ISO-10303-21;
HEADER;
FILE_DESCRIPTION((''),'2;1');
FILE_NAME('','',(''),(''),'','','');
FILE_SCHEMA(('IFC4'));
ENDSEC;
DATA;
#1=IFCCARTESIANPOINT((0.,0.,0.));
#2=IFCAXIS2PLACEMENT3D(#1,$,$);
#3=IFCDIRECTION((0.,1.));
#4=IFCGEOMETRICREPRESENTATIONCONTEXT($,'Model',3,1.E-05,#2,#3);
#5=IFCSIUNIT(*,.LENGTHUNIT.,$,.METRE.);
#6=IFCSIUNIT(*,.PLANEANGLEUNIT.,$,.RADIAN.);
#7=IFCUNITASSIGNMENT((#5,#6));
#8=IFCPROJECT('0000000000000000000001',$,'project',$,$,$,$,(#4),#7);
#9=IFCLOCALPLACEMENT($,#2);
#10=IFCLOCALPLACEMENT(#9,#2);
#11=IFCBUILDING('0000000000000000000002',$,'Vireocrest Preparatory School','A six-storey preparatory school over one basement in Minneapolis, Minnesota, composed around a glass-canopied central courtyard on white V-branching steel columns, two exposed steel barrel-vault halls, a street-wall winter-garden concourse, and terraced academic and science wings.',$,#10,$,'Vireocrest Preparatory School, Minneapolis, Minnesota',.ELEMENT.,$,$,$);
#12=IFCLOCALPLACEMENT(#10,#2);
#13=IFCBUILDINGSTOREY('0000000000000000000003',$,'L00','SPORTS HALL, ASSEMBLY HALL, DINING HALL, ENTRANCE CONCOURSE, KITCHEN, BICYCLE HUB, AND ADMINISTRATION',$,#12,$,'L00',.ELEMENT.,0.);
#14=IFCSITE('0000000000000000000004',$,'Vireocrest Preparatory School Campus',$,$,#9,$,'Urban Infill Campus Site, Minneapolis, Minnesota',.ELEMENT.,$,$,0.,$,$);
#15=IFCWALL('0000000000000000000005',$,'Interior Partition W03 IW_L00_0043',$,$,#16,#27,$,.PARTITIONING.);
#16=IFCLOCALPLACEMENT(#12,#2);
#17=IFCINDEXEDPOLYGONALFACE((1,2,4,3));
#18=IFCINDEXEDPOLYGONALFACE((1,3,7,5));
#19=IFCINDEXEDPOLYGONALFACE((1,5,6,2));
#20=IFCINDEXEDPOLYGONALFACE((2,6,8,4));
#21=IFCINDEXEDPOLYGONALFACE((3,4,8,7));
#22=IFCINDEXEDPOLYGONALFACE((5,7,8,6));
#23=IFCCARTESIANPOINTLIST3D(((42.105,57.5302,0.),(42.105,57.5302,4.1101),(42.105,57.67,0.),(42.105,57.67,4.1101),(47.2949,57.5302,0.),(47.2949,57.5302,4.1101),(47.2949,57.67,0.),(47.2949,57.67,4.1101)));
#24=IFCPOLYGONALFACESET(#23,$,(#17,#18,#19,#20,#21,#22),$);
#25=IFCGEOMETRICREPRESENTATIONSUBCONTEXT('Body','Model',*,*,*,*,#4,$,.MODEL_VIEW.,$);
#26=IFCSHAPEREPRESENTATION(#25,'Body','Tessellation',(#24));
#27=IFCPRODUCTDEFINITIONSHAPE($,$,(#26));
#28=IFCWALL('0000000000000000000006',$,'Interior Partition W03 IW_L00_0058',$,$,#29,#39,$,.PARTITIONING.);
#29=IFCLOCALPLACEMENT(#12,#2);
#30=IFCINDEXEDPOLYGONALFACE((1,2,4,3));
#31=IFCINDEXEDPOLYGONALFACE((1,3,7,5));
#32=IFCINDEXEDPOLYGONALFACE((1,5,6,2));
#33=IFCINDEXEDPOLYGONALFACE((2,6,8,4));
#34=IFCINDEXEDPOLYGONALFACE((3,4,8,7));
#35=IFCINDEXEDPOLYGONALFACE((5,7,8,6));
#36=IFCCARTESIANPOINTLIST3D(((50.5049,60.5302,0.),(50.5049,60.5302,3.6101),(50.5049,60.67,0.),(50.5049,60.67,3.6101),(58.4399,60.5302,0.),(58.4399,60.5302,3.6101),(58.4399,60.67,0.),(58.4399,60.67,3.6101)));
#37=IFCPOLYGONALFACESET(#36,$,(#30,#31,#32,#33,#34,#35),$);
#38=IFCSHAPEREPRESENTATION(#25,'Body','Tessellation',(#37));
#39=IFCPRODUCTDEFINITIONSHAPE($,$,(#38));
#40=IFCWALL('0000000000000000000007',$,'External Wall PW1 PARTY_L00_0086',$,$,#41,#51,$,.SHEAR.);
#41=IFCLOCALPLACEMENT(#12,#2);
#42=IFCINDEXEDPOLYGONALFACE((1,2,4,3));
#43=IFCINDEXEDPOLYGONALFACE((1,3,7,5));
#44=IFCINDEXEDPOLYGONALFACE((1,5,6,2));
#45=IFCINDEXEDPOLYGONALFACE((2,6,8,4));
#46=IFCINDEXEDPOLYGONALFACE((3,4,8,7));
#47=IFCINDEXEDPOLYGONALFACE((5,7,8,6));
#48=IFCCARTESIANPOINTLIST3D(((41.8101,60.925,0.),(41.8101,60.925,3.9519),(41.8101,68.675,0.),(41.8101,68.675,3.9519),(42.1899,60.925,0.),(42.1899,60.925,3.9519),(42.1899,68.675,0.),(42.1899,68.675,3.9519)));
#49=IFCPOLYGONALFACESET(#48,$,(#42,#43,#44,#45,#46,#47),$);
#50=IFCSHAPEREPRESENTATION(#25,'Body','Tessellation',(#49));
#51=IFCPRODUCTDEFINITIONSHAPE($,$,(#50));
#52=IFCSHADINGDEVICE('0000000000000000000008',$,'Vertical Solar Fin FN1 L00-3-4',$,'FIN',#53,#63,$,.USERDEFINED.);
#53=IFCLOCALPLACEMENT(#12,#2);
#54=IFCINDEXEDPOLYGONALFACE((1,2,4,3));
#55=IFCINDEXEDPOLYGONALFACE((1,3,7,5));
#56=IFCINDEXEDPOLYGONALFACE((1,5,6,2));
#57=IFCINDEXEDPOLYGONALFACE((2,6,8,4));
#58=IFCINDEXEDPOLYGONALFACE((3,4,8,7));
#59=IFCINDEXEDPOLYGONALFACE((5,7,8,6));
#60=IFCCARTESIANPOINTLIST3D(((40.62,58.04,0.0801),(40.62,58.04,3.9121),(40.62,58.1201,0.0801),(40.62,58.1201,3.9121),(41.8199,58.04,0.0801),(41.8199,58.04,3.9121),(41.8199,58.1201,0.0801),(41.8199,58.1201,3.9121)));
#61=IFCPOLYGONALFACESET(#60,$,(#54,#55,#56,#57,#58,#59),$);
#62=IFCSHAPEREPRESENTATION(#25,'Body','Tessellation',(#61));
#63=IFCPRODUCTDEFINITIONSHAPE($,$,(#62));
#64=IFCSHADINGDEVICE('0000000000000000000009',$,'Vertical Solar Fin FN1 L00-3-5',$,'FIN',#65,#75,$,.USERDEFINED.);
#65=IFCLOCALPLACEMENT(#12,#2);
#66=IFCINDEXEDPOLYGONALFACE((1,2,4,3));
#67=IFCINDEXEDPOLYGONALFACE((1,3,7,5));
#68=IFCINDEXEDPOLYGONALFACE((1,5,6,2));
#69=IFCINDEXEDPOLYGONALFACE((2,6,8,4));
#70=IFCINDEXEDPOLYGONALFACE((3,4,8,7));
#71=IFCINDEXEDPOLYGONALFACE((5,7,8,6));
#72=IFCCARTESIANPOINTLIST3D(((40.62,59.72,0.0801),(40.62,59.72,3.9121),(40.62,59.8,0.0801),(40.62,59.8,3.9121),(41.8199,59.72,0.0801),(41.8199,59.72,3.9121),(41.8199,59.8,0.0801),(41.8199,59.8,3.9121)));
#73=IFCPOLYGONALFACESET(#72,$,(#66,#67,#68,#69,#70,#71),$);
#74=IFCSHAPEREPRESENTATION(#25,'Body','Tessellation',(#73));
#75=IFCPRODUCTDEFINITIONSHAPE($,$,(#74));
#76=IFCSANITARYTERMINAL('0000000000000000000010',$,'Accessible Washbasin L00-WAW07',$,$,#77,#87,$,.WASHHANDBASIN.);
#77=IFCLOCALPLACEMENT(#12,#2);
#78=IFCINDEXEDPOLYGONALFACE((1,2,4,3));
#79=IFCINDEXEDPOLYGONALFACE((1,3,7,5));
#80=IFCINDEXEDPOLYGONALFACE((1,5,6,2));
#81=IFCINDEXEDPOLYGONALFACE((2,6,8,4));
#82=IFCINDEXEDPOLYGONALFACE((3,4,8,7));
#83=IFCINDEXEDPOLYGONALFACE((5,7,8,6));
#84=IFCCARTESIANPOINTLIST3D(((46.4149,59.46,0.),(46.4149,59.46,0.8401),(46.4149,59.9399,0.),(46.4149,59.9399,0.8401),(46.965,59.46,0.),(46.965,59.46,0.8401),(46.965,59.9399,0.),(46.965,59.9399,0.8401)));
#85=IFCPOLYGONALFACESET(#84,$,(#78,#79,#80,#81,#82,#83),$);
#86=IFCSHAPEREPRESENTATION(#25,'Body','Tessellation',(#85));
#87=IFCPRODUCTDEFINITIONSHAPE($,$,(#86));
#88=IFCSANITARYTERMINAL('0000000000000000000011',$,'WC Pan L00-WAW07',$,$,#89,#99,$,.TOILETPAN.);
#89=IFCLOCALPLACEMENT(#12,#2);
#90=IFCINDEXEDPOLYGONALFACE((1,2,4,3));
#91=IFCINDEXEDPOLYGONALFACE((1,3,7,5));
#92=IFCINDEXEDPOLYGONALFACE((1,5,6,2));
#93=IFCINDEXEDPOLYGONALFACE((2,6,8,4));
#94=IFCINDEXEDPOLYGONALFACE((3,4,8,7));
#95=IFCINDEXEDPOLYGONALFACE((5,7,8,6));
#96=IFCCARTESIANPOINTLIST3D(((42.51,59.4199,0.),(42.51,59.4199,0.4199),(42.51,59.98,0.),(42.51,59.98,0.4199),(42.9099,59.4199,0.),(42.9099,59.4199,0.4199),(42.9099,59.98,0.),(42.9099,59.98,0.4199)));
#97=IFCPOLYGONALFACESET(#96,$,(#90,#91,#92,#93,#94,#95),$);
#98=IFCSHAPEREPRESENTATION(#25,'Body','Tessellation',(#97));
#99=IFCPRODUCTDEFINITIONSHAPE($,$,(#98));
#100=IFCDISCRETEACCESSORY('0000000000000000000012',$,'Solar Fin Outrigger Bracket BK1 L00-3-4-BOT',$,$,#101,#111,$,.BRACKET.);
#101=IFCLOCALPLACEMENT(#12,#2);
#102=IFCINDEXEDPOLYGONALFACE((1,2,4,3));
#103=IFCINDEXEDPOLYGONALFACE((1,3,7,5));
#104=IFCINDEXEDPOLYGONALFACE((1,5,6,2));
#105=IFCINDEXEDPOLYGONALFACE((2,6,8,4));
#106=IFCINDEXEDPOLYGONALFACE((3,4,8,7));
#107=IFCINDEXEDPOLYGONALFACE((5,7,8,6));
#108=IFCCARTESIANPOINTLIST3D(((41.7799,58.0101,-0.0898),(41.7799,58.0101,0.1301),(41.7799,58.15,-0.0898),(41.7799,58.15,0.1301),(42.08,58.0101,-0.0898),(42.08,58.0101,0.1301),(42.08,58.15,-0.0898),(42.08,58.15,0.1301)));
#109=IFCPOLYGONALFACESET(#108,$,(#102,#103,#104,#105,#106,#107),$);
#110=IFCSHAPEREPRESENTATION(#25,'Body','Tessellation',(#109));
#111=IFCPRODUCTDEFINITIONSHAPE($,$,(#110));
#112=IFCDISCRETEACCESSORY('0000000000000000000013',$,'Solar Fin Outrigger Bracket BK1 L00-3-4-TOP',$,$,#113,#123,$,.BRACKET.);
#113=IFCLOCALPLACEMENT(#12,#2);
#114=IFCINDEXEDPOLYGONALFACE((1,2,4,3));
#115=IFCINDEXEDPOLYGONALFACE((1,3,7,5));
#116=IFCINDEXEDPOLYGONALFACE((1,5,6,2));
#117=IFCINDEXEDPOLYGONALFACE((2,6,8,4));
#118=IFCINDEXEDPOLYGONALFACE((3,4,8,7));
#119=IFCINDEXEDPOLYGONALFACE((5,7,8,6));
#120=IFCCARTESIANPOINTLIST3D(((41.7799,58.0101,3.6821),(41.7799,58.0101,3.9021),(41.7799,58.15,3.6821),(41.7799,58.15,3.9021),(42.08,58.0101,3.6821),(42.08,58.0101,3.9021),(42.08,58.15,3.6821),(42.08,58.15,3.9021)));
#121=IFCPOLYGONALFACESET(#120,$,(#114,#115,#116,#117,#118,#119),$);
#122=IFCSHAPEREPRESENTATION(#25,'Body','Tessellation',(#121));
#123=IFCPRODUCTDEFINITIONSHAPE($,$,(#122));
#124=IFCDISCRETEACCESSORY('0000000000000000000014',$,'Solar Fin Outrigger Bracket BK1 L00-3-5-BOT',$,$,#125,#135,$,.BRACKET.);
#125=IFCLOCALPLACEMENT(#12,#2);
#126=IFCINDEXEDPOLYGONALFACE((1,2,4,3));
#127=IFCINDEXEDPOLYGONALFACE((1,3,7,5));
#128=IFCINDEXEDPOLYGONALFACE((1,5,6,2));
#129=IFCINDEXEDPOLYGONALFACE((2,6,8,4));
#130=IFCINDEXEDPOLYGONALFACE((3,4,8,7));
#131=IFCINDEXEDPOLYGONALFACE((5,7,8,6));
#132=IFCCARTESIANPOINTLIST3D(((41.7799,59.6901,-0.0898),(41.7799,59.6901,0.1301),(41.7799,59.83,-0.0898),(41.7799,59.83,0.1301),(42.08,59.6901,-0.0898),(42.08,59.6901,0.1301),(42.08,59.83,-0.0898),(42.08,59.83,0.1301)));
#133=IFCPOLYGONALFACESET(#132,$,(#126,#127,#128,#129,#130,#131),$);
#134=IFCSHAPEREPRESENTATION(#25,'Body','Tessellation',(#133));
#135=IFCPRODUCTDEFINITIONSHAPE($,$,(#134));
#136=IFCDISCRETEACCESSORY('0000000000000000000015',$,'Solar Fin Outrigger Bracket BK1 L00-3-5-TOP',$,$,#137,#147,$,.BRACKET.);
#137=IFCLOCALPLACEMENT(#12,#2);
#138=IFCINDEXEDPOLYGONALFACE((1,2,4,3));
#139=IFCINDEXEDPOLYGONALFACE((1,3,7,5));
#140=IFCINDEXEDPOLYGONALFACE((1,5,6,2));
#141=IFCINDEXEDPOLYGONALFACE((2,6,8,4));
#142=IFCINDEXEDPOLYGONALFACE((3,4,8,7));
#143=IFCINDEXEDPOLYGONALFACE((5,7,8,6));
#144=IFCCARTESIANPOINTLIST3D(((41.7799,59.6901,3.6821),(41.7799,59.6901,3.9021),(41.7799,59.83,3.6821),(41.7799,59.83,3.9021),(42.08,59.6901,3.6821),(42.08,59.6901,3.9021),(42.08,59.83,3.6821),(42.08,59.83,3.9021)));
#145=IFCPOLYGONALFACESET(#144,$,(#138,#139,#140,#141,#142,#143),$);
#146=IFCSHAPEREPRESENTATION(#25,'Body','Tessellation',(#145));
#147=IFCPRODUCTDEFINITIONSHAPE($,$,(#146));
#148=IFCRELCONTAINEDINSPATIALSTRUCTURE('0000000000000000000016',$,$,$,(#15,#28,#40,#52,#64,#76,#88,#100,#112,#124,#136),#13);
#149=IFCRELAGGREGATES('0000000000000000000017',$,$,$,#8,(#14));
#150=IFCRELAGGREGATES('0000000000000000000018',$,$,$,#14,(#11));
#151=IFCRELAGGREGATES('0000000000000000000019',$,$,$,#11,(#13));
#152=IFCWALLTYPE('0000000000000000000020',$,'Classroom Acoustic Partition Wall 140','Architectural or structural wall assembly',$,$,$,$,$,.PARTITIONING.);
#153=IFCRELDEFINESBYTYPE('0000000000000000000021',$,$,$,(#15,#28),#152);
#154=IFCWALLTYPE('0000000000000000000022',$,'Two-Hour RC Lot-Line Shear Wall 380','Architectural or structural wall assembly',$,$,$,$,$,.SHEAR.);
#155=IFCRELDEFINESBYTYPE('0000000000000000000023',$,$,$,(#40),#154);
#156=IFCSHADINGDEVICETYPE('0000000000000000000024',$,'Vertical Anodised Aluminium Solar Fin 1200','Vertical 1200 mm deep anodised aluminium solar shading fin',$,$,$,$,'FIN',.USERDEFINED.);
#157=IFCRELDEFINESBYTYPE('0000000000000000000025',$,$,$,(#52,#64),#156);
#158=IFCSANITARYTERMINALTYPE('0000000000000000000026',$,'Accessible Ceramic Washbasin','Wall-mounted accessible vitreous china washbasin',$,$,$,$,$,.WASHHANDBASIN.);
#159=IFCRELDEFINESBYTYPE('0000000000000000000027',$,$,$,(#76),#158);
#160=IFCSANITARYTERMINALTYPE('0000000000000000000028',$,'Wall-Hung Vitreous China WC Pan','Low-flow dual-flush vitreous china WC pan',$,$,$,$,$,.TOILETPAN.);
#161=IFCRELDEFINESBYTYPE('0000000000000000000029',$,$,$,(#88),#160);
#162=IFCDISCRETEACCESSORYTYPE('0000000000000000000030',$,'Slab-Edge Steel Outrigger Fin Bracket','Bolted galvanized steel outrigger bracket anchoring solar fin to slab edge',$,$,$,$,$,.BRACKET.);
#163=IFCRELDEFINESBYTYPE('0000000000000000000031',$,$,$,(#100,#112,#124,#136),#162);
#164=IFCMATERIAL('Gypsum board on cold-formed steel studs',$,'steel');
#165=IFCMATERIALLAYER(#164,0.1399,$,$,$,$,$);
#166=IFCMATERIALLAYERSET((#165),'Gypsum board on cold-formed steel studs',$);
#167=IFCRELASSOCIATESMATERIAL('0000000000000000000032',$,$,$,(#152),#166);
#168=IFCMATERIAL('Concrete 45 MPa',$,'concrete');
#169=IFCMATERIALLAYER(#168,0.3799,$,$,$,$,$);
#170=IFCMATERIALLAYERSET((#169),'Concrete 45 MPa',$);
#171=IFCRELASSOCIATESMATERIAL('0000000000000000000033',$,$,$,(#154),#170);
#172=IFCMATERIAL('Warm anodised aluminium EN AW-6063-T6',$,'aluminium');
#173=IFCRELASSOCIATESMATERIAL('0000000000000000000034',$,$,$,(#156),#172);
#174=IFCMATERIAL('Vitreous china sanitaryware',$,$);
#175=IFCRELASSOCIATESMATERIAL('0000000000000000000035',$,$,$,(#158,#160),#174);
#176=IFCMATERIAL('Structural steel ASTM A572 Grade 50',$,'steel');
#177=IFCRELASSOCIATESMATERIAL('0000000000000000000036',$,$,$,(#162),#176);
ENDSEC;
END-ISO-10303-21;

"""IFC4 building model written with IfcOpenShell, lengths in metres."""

from ifc_helpers import new_model, si_unit, direction, frame, frame_2d, origin, origin_2d, place, context, subcontext, project, spatial, rectangle, extrude, material, layer, layer_set, material_profile, profile_set, type_object, element, save


model = new_model("IFC4")

# Units and contexts
model_context = context("Model", 3, precision=1e-05, world=origin(), true_north=direction((0.0, 1.0)))
body_context = subcontext(model_context, "Body", "Model", "MODEL_VIEW")
ifc_project = project(units=[si_unit("LENGTHUNIT", "METRE"), si_unit("PLANEANGLEUNIT", "RADIAN")], contexts=[model_context])

# Site, building, storey
site_placement = place(None, origin())
site = spatial("IfcSite", under=ifc_project, at=site_placement, Name="Vireocrest Preparatory School Campus", LongName="Urban Infill Campus Site, Minneapolis, Minnesota", CompositionType="ELEMENT", RefElevation=0.0)
building_placement = place(site_placement, origin())
building = spatial("IfcBuilding", under=site, at=building_placement, Name="Vireocrest Preparatory School", Description="A six-storey preparatory school over one basement in Minneapolis, Minnesota, composed around a glass-canopied central courtyard on white V-branching steel columns, two exposed steel barrel-vault halls, a street-wall winter-garden concourse, and terraced academic and science wings.", LongName="Vireocrest Preparatory School, Minneapolis, Minnesota", CompositionType="ELEMENT")
storey_placement = place(building_placement, origin())
storey = spatial("IfcBuildingStorey", under=building, at=storey_placement, Name="L00", Description="SPORTS HALL, ASSEMBLY HALL, DINING HALL, ENTRANCE CONCOURSE, KITCHEN, BICYCLE HUB, AND ADMINISTRATION", LongName="L00", CompositionType="ELEMENT", Elevation=0.0)

# Shared definitions
ifc_material_1 = material(Name="Concrete 45 MPa", Category="concrete")

# Walls
ifc_material_2 = material(Name="Gypsum board on cold-formed steel studs", Category="steel")
ifc_layer_1 = layer(ifc_material_2, 0.1399)
ifc_layer_set_1 = layer_set([ifc_layer_1], Name="Gypsum board on cold-formed steel studs")
wall_type_1 = type_object("IfcWallType", Name="Classroom Acoustic Partition Wall 140", Description="Architectural or structural wall assembly", PredefinedType="PARTITIONING", material=ifc_layer_set_1)
wall_1_placement = place(storey_placement, frame((42.105, 57.6001, 0.0), z_axis=(0.0, 0.0, 1.0), x_axis=(1.0, 0.0, 0.0)))
element("IfcWall", 1, at=wall_1_placement, inside=storey, type_object=wall_type_1, Name="Interior Partition W03 IW_L00_0043", PredefinedType="PARTITIONING", context=body_context, shape_type="SweptSolid", body=[
    extrude(rectangle(XDim=5.1899, YDim=0.1399, at=frame_2d((2.595, 0.0))), origin(), (0.0, 0.0, 1.0), 4.1101),
])
wall_2_placement = place(storey_placement, frame((50.5049, 60.6001, 0.0), z_axis=(0.0, 0.0, 1.0), x_axis=(1.0, 0.0, 0.0)))
element("IfcWall", 2, at=wall_2_placement, inside=storey, type_object=wall_type_1, Name="Interior Partition W03 IW_L00_0058", PredefinedType="PARTITIONING", context=body_context, shape_type="SweptSolid", body=[
    extrude(rectangle(XDim=7.9351, YDim=0.1399, at=frame_2d((3.9675, 0.0))), origin(), (0.0, 0.0, 1.0), 3.6101),
])
ifc_layer_2 = layer(ifc_material_1, 0.3799)
ifc_layer_set_2 = layer_set([ifc_layer_2], Name="Concrete 45 MPa")
wall_type_2 = type_object("IfcWallType", Name="Two-Hour RC Lot-Line Shear Wall 380", Description="Architectural or structural wall assembly", PredefinedType="SHEAR", material=ifc_layer_set_2)
wall_3_placement = place(storey_placement, frame((42.0, 60.925, 0.0), z_axis=(0.0, 0.0, 1.0), x_axis=(0.0, 1.0, 0.0)))
element("IfcWall", 3, at=wall_3_placement, inside=storey, type_object=wall_type_2, Name="External Wall PW1 PARTY_L00_0086", PredefinedType="SHEAR", context=body_context, shape_type="SweptSolid", body=[
    extrude(rectangle(XDim=7.75, YDim=0.3799, at=frame_2d((3.875, 0.0))), origin(), (0.0, 0.0, 1.0), 3.9519),
])

# Shading devices
ifc_material_3 = material(Name="Warm anodised aluminium EN AW-6063-T6", Category="aluminium")
ifc_material_profile_1 = material_profile(ifc_material_3, rectangle(XDim=0.0801, YDim=1.2, at=origin_2d()), Name="FIN 80x1200")
ifc_profile_set_1 = profile_set([ifc_material_profile_1], Name="Warm anodised aluminium EN AW-6063-T6")
shading_device_type = type_object("IfcShadingDeviceType", Name="Vertical Anodised Aluminium Solar Fin 1200", Description="Vertical 1200 mm deep anodised aluminium solar shading fin", ElementType="FIN", PredefinedType="USERDEFINED", material=ifc_profile_set_1)
for number, where, z_axis, x_axis, name in (
    (4, (41.22, 58.0801, 0.0801), (0.0, 0.0, 1.0), (0.0, 1.0, 0.0), "Vertical Solar Fin FN1 L00-3-4"),
    (5, (41.22, 59.76, 0.0801), (0.0, 0.0, 1.0), (0.0, 1.0, 0.0), "Vertical Solar Fin FN1 L00-3-5"),
):
    element("IfcShadingDevice", number, at=place(storey_placement, frame(where, z_axis=z_axis, x_axis=x_axis)), inside=storey, type_object=shading_device_type, Name=name, ObjectType="FIN", PredefinedType="USERDEFINED", context=body_context, shape_type="SweptSolid", body=[
        extrude(rectangle(XDim=0.0801, YDim=1.2, at=origin_2d()), origin(), (0.0, 0.0, 1.0), 3.832),
    ])

# Sanitary terminals
ifc_material_4 = material(Name="Vitreous china sanitaryware")
sanitary_terminal_type_1 = type_object("IfcSanitaryTerminalType", Name="Accessible Ceramic Washbasin", Description="Wall-mounted accessible vitreous china washbasin", PredefinedType="WASHHANDBASIN", material=ifc_material_4)
sanitary_terminal_1_placement = place(storey_placement, frame((46.6899, 59.7, 0.0), z_axis=(0.0, 0.0, 1.0), x_axis=(1.0, 0.0, 0.0)))
element("IfcSanitaryTerminal", 6, at=sanitary_terminal_1_placement, inside=storey, type_object=sanitary_terminal_type_1, Name="Accessible Washbasin L00-WAW07", PredefinedType="WASHHANDBASIN", context=body_context, shape_type="SweptSolid", body=[
    extrude(rectangle(XDim=0.55, YDim=0.48, at=origin_2d()), origin(), (0.0, 0.0, 1.0), 0.8401),
])
sanitary_terminal_type_2 = type_object("IfcSanitaryTerminalType", Name="Wall-Hung Vitreous China WC Pan", Description="Low-flow dual-flush vitreous china WC pan", PredefinedType="TOILETPAN", material=ifc_material_4)
sanitary_terminal_2_placement = place(storey_placement, frame((42.71, 59.7, 0.0), z_axis=(0.0, 0.0, 1.0), x_axis=(1.0, 0.0, 0.0)))
element("IfcSanitaryTerminal", 7, at=sanitary_terminal_2_placement, inside=storey, type_object=sanitary_terminal_type_2, Name="WC Pan L00-WAW07", PredefinedType="TOILETPAN", context=body_context, shape_type="SweptSolid", body=[
    extrude(rectangle(XDim=0.3999, YDim=0.5601, at=origin_2d()), origin(), (0.0, 0.0, 1.0), 0.4199),
])

# Discrete accessories
ifc_material_5 = material(Name="Structural steel ASTM A572 Grade 50", Category="steel")
discrete_accessory_type = type_object("IfcDiscreteAccessoryType", Name="Slab-Edge Steel Outrigger Fin Bracket", Description="Bolted galvanized steel outrigger bracket anchoring solar fin to slab edge", PredefinedType="BRACKET", material=ifc_material_5)
for number, where, z_axis, x_axis, name in (
    (8, (41.9299, 58.0801, -0.0898), (0.0, 0.0, 1.0), (0.0, 1.0, 0.0), "Solar Fin Outrigger Bracket BK1 L00-3-4-BOT"),
    (9, (41.9299, 58.0801, 3.6821), (0.0, 0.0, 1.0), (0.0, 1.0, 0.0), "Solar Fin Outrigger Bracket BK1 L00-3-4-TOP"),
    (10, (41.9299, 59.76, -0.0898), (0.0, 0.0, 1.0), (0.0, 1.0, 0.0), "Solar Fin Outrigger Bracket BK1 L00-3-5-BOT"),
    (11, (41.9299, 59.76, 3.6821), (0.0, 0.0, 1.0), (0.0, 1.0, 0.0), "Solar Fin Outrigger Bracket BK1 L00-3-5-TOP"),
):
    element("IfcDiscreteAccessory", number, at=place(storey_placement, frame(where, z_axis=z_axis, x_axis=x_axis)), inside=storey, type_object=discrete_accessory_type, Name=name, PredefinedType="BRACKET", context=body_context, shape_type="SweptSolid", body=[
        extrude(rectangle(XDim=0.1399, YDim=0.3, at=origin_2d()), origin(), (0.0, 0.0, 1.0), 0.22),
    ])

save(model, "model.ifc")
